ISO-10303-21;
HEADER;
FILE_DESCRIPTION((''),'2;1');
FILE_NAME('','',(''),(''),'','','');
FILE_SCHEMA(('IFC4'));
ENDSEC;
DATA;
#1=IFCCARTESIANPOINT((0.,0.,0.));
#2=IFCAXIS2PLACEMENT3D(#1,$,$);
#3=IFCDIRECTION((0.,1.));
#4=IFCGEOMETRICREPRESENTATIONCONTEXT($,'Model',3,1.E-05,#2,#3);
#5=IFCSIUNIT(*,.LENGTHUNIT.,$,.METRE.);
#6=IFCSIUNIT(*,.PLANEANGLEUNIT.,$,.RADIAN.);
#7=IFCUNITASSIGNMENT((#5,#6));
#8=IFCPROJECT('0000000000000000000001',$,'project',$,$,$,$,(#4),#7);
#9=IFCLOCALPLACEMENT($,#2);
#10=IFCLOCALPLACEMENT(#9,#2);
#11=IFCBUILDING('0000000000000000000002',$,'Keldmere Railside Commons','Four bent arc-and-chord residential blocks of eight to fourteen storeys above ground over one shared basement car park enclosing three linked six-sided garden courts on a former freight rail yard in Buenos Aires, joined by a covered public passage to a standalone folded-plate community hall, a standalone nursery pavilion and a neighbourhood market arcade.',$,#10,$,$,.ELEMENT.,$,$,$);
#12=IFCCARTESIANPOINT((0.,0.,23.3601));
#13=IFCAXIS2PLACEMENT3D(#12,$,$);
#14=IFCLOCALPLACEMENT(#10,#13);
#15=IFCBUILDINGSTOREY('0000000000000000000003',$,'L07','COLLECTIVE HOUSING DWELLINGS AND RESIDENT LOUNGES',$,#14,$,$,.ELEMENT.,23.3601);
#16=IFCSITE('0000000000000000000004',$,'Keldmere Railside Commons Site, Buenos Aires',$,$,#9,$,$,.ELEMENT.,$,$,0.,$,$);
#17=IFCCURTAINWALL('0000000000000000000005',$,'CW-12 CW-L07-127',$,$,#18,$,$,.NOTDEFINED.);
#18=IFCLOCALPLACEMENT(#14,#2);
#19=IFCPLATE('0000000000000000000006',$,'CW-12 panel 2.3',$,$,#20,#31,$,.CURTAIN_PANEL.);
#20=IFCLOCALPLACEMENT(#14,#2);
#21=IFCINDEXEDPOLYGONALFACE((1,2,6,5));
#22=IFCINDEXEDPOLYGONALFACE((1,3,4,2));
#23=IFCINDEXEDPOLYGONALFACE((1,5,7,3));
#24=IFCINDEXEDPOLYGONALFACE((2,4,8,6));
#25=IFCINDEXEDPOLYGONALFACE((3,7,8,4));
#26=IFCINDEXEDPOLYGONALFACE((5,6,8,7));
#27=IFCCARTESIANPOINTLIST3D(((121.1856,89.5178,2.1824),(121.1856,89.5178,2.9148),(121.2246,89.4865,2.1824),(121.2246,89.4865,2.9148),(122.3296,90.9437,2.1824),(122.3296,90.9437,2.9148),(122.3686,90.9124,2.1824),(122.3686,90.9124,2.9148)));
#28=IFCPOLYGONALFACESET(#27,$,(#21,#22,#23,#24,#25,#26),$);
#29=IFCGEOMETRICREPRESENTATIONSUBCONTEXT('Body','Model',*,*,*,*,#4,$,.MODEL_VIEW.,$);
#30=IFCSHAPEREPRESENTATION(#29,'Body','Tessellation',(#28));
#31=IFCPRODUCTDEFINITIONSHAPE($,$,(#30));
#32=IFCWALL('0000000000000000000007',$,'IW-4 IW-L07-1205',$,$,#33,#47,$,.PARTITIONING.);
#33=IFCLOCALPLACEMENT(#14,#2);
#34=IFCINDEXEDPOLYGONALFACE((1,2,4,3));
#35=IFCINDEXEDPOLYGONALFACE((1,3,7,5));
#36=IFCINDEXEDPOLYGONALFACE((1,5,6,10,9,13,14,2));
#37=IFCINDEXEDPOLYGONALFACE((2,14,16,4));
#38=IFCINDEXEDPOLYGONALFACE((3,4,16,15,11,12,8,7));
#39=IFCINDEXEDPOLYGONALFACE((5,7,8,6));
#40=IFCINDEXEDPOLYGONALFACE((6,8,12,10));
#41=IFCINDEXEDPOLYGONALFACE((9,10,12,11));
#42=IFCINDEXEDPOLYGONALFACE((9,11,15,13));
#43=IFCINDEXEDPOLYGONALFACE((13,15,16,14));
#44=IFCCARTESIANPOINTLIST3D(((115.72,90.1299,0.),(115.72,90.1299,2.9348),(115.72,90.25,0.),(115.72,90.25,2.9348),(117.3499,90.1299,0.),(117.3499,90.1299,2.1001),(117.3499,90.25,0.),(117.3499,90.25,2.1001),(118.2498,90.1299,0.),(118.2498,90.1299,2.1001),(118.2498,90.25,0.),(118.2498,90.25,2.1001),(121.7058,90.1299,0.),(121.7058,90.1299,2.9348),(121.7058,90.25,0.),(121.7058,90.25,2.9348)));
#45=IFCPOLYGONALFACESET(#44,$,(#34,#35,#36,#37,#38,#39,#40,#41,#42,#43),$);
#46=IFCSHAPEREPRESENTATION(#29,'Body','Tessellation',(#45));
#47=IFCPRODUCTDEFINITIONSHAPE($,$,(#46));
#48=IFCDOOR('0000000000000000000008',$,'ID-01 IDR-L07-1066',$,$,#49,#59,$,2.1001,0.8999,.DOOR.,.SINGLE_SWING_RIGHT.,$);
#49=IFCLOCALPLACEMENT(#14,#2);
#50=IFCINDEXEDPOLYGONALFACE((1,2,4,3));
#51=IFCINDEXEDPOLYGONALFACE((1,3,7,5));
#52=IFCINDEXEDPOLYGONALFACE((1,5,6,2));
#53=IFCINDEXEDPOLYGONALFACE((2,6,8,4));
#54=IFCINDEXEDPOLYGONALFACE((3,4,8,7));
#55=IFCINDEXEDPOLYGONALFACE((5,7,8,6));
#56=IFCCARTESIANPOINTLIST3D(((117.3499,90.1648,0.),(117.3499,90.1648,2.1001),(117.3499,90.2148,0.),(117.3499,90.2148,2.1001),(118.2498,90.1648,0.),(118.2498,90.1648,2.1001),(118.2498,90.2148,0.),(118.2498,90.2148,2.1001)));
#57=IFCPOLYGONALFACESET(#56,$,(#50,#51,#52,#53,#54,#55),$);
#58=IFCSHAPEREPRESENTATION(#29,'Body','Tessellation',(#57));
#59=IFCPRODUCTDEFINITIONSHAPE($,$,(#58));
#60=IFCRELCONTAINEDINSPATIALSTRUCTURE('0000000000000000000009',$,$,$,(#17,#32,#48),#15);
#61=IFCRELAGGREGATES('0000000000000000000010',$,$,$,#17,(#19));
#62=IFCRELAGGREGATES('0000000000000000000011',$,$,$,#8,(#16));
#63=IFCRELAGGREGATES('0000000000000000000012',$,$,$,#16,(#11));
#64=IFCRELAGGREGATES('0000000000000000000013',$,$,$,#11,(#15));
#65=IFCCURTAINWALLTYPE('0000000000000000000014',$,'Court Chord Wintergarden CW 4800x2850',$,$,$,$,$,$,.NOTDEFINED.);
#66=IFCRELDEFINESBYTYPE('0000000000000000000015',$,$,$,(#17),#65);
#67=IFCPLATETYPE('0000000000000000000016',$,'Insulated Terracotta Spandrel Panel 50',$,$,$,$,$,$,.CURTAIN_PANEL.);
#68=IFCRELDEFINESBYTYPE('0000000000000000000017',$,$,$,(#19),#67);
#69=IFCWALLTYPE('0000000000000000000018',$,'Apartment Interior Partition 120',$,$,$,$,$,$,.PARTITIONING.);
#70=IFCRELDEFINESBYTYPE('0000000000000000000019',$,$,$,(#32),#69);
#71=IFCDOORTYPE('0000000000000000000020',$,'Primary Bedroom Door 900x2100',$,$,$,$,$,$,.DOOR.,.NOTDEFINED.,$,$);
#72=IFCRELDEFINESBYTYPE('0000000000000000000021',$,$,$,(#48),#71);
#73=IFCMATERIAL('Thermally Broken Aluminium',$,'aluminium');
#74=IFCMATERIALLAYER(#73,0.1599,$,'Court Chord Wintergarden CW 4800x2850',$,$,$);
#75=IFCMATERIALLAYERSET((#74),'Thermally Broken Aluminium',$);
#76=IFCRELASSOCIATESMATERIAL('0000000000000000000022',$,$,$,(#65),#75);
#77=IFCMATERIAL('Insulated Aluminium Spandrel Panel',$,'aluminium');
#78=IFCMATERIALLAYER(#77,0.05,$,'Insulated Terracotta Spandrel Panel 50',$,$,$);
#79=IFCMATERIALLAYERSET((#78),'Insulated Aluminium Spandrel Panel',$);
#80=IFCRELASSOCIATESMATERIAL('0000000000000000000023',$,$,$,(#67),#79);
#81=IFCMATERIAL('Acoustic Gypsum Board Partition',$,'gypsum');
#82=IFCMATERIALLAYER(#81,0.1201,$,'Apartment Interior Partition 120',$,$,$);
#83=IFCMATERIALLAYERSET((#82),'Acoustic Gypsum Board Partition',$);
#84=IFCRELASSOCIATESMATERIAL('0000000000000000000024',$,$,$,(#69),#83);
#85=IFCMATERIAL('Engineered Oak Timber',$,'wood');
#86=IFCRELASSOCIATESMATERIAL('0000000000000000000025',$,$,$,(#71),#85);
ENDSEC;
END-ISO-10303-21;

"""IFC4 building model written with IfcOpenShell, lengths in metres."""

from ifc_helpers import new_model, si_unit, direction, frame, frame_2d, origin, origin_2d, place, context, subcontext, project, spatial, rectangle, extrude, material, layer, layer_set, type_object, element, fill, aggregate, save


model = new_model("IFC4")

# Units and contexts
model_context = context("Model", 3, precision=1e-05, world=origin(), true_north=direction((0.0, 1.0)))
body_context = subcontext(model_context, "Body", "Model", "MODEL_VIEW")
ifc_project = project(units=[si_unit("LENGTHUNIT", "METRE"), si_unit("PLANEANGLEUNIT", "RADIAN")], contexts=[model_context])

# Site, building, storey
site_placement = place(None, origin())
site = spatial("IfcSite", under=ifc_project, at=site_placement, Name="Keldmere Railside Commons Site, Buenos Aires", CompositionType="ELEMENT", RefElevation=0.0)
building_placement = place(site_placement, origin())
building = spatial("IfcBuilding", under=site, at=building_placement, Name="Keldmere Railside Commons", Description="Four bent arc-and-chord residential blocks of eight to fourteen storeys above ground over one shared basement car park enclosing three linked six-sided garden courts on a former freight rail yard in Buenos Aires, joined by a covered public passage to a standalone folded-plate community hall, a standalone nursery pavilion and a neighbourhood market arcade.", CompositionType="ELEMENT")
storey_placement = place(building_placement, frame((0.0, 0.0, 23.3601)))
storey = spatial("IfcBuildingStorey", under=building, at=storey_placement, Name="L07", Description="COLLECTIVE HOUSING DWELLINGS AND RESIDENT LOUNGES", CompositionType="ELEMENT", Elevation=23.3601)

# Curtain wall
ifc_material_1 = material(Name="Thermally Broken Aluminium", Category="aluminium")
ifc_layer_1 = layer(ifc_material_1, 0.1599, Name="Court Chord Wintergarden CW 4800x2850")
ifc_layer_set_1 = layer_set([ifc_layer_1], Name="Thermally Broken Aluminium")
curtain_wall_type_1 = type_object("IfcCurtainWallType", Name="Court Chord Wintergarden CW 4800x2850", PredefinedType="NOTDEFINED", material=ifc_layer_set_1)
curtain_wall_1_placement = place(storey_placement, origin())
curtain_wall_1 = element("IfcCurtainWall", 1, at=curtain_wall_1_placement, inside=storey, type_object=curtain_wall_type_1, Name="CW-12 CW-L07-127", PredefinedType="NOTDEFINED")

# Plate
ifc_material_2 = material(Name="Insulated Aluminium Spandrel Panel", Category="aluminium")
ifc_layer_2 = layer(ifc_material_2, 0.05, Name="Insulated Terracotta Spandrel Panel 50")
ifc_layer_set_2 = layer_set([ifc_layer_2], Name="Insulated Aluminium Spandrel Panel")
plate_type_1 = type_object("IfcPlateType", Name="Insulated Terracotta Spandrel Panel 50", PredefinedType="CURTAIN_PANEL", material=ifc_layer_set_2)
plate_1_placement = place(storey_placement, frame((121.7771, 90.2151, 2.1824), z_axis=(0.0, 0.0, 1.0), x_axis=(-0.625768, -0.780009, 0.0)))
plate_1 = element("IfcPlate", 2, at=plate_1_placement, type_object=plate_type_1, Name="CW-12 panel 2.3", PredefinedType="CURTAIN_PANEL", context=body_context, shape_type="SweptSolid", body=[
    extrude(rectangle(XDim=1.8281, YDim=0.05, at=origin_2d()), origin(), (0.0, 0.0, 1.0), 0.7324),
])
aggregate(curtain_wall_1, [plate_1])

# Wall, opening, door
ifc_material_3 = material(Name="Acoustic Gypsum Board Partition", Category="gypsum")
ifc_layer_3 = layer(ifc_material_3, 0.1201, Name="Apartment Interior Partition 120")
ifc_layer_set_3 = layer_set([ifc_layer_3], Name="Acoustic Gypsum Board Partition")
wall_type = type_object("IfcWallType", Name="Apartment Interior Partition 120", PredefinedType="PARTITIONING", material=ifc_layer_set_3)
wall_placement = place(storey_placement, frame((115.72, 90.1899, 0.0), z_axis=(0.0, 0.0, 1.0), x_axis=(1.0, 0.0, 0.0)))
wall = element("IfcWall", 3, at=wall_placement, inside=storey, type_object=wall_type, Name="IW-4 IW-L07-1205", PredefinedType="PARTITIONING", context=body_context, shape_type="SweptSolid", body=[
    extrude(rectangle(XDim=5.9858, YDim=0.1201, at=frame_2d((2.9929, 0.0))), origin(), (0.0, 0.0, 1.0), 2.9348),
])
opening_placement = place(wall_placement, frame((1.6299, 0.0, 0.0)))
opening = element("IfcOpeningElement", 4, at=opening_placement, cuts=wall, PredefinedType="OPENING", context=body_context, shape_type="SweptSolid", body=[
    extrude(rectangle(XDim=0.8999, YDim=2.1001, at=frame_2d((0.45, 1.05))), frame((0.0, 0.0701, 0.0), z_axis=(0.0, -1.0, 0.0), x_axis=(1.0, 0.0, 0.0)), (0.0, 0.0, 1.0), 0.1401),
])
ifc_material_4 = material(Name="Engineered Oak Timber", Category="wood")
door_type = type_object("IfcDoorType", Name="Primary Bedroom Door 900x2100", OperationType="NOTDEFINED", PredefinedType="DOOR", material=ifc_material_4)
door_placement = place(opening_placement, origin())
door = element("IfcDoor", 5, at=door_placement, inside=storey, type_object=door_type, Name="ID-01 IDR-L07-1066", OperationType="SINGLE_SWING_RIGHT", OverallHeight=2.1001, OverallWidth=0.8999, PredefinedType="DOOR", context=body_context, shape_type="SweptSolid", body=[
    extrude(rectangle(XDim=0.8999, YDim=2.1001, at=frame_2d((0.45, 1.05))), frame((0.0, 0.0249, 0.0), z_axis=(0.0, -1.0, 0.0), x_axis=(1.0, 0.0, 0.0)), (0.0, 0.0, 1.0), 0.05),
])
fill(opening, door)

save(model, "model.ifc")
